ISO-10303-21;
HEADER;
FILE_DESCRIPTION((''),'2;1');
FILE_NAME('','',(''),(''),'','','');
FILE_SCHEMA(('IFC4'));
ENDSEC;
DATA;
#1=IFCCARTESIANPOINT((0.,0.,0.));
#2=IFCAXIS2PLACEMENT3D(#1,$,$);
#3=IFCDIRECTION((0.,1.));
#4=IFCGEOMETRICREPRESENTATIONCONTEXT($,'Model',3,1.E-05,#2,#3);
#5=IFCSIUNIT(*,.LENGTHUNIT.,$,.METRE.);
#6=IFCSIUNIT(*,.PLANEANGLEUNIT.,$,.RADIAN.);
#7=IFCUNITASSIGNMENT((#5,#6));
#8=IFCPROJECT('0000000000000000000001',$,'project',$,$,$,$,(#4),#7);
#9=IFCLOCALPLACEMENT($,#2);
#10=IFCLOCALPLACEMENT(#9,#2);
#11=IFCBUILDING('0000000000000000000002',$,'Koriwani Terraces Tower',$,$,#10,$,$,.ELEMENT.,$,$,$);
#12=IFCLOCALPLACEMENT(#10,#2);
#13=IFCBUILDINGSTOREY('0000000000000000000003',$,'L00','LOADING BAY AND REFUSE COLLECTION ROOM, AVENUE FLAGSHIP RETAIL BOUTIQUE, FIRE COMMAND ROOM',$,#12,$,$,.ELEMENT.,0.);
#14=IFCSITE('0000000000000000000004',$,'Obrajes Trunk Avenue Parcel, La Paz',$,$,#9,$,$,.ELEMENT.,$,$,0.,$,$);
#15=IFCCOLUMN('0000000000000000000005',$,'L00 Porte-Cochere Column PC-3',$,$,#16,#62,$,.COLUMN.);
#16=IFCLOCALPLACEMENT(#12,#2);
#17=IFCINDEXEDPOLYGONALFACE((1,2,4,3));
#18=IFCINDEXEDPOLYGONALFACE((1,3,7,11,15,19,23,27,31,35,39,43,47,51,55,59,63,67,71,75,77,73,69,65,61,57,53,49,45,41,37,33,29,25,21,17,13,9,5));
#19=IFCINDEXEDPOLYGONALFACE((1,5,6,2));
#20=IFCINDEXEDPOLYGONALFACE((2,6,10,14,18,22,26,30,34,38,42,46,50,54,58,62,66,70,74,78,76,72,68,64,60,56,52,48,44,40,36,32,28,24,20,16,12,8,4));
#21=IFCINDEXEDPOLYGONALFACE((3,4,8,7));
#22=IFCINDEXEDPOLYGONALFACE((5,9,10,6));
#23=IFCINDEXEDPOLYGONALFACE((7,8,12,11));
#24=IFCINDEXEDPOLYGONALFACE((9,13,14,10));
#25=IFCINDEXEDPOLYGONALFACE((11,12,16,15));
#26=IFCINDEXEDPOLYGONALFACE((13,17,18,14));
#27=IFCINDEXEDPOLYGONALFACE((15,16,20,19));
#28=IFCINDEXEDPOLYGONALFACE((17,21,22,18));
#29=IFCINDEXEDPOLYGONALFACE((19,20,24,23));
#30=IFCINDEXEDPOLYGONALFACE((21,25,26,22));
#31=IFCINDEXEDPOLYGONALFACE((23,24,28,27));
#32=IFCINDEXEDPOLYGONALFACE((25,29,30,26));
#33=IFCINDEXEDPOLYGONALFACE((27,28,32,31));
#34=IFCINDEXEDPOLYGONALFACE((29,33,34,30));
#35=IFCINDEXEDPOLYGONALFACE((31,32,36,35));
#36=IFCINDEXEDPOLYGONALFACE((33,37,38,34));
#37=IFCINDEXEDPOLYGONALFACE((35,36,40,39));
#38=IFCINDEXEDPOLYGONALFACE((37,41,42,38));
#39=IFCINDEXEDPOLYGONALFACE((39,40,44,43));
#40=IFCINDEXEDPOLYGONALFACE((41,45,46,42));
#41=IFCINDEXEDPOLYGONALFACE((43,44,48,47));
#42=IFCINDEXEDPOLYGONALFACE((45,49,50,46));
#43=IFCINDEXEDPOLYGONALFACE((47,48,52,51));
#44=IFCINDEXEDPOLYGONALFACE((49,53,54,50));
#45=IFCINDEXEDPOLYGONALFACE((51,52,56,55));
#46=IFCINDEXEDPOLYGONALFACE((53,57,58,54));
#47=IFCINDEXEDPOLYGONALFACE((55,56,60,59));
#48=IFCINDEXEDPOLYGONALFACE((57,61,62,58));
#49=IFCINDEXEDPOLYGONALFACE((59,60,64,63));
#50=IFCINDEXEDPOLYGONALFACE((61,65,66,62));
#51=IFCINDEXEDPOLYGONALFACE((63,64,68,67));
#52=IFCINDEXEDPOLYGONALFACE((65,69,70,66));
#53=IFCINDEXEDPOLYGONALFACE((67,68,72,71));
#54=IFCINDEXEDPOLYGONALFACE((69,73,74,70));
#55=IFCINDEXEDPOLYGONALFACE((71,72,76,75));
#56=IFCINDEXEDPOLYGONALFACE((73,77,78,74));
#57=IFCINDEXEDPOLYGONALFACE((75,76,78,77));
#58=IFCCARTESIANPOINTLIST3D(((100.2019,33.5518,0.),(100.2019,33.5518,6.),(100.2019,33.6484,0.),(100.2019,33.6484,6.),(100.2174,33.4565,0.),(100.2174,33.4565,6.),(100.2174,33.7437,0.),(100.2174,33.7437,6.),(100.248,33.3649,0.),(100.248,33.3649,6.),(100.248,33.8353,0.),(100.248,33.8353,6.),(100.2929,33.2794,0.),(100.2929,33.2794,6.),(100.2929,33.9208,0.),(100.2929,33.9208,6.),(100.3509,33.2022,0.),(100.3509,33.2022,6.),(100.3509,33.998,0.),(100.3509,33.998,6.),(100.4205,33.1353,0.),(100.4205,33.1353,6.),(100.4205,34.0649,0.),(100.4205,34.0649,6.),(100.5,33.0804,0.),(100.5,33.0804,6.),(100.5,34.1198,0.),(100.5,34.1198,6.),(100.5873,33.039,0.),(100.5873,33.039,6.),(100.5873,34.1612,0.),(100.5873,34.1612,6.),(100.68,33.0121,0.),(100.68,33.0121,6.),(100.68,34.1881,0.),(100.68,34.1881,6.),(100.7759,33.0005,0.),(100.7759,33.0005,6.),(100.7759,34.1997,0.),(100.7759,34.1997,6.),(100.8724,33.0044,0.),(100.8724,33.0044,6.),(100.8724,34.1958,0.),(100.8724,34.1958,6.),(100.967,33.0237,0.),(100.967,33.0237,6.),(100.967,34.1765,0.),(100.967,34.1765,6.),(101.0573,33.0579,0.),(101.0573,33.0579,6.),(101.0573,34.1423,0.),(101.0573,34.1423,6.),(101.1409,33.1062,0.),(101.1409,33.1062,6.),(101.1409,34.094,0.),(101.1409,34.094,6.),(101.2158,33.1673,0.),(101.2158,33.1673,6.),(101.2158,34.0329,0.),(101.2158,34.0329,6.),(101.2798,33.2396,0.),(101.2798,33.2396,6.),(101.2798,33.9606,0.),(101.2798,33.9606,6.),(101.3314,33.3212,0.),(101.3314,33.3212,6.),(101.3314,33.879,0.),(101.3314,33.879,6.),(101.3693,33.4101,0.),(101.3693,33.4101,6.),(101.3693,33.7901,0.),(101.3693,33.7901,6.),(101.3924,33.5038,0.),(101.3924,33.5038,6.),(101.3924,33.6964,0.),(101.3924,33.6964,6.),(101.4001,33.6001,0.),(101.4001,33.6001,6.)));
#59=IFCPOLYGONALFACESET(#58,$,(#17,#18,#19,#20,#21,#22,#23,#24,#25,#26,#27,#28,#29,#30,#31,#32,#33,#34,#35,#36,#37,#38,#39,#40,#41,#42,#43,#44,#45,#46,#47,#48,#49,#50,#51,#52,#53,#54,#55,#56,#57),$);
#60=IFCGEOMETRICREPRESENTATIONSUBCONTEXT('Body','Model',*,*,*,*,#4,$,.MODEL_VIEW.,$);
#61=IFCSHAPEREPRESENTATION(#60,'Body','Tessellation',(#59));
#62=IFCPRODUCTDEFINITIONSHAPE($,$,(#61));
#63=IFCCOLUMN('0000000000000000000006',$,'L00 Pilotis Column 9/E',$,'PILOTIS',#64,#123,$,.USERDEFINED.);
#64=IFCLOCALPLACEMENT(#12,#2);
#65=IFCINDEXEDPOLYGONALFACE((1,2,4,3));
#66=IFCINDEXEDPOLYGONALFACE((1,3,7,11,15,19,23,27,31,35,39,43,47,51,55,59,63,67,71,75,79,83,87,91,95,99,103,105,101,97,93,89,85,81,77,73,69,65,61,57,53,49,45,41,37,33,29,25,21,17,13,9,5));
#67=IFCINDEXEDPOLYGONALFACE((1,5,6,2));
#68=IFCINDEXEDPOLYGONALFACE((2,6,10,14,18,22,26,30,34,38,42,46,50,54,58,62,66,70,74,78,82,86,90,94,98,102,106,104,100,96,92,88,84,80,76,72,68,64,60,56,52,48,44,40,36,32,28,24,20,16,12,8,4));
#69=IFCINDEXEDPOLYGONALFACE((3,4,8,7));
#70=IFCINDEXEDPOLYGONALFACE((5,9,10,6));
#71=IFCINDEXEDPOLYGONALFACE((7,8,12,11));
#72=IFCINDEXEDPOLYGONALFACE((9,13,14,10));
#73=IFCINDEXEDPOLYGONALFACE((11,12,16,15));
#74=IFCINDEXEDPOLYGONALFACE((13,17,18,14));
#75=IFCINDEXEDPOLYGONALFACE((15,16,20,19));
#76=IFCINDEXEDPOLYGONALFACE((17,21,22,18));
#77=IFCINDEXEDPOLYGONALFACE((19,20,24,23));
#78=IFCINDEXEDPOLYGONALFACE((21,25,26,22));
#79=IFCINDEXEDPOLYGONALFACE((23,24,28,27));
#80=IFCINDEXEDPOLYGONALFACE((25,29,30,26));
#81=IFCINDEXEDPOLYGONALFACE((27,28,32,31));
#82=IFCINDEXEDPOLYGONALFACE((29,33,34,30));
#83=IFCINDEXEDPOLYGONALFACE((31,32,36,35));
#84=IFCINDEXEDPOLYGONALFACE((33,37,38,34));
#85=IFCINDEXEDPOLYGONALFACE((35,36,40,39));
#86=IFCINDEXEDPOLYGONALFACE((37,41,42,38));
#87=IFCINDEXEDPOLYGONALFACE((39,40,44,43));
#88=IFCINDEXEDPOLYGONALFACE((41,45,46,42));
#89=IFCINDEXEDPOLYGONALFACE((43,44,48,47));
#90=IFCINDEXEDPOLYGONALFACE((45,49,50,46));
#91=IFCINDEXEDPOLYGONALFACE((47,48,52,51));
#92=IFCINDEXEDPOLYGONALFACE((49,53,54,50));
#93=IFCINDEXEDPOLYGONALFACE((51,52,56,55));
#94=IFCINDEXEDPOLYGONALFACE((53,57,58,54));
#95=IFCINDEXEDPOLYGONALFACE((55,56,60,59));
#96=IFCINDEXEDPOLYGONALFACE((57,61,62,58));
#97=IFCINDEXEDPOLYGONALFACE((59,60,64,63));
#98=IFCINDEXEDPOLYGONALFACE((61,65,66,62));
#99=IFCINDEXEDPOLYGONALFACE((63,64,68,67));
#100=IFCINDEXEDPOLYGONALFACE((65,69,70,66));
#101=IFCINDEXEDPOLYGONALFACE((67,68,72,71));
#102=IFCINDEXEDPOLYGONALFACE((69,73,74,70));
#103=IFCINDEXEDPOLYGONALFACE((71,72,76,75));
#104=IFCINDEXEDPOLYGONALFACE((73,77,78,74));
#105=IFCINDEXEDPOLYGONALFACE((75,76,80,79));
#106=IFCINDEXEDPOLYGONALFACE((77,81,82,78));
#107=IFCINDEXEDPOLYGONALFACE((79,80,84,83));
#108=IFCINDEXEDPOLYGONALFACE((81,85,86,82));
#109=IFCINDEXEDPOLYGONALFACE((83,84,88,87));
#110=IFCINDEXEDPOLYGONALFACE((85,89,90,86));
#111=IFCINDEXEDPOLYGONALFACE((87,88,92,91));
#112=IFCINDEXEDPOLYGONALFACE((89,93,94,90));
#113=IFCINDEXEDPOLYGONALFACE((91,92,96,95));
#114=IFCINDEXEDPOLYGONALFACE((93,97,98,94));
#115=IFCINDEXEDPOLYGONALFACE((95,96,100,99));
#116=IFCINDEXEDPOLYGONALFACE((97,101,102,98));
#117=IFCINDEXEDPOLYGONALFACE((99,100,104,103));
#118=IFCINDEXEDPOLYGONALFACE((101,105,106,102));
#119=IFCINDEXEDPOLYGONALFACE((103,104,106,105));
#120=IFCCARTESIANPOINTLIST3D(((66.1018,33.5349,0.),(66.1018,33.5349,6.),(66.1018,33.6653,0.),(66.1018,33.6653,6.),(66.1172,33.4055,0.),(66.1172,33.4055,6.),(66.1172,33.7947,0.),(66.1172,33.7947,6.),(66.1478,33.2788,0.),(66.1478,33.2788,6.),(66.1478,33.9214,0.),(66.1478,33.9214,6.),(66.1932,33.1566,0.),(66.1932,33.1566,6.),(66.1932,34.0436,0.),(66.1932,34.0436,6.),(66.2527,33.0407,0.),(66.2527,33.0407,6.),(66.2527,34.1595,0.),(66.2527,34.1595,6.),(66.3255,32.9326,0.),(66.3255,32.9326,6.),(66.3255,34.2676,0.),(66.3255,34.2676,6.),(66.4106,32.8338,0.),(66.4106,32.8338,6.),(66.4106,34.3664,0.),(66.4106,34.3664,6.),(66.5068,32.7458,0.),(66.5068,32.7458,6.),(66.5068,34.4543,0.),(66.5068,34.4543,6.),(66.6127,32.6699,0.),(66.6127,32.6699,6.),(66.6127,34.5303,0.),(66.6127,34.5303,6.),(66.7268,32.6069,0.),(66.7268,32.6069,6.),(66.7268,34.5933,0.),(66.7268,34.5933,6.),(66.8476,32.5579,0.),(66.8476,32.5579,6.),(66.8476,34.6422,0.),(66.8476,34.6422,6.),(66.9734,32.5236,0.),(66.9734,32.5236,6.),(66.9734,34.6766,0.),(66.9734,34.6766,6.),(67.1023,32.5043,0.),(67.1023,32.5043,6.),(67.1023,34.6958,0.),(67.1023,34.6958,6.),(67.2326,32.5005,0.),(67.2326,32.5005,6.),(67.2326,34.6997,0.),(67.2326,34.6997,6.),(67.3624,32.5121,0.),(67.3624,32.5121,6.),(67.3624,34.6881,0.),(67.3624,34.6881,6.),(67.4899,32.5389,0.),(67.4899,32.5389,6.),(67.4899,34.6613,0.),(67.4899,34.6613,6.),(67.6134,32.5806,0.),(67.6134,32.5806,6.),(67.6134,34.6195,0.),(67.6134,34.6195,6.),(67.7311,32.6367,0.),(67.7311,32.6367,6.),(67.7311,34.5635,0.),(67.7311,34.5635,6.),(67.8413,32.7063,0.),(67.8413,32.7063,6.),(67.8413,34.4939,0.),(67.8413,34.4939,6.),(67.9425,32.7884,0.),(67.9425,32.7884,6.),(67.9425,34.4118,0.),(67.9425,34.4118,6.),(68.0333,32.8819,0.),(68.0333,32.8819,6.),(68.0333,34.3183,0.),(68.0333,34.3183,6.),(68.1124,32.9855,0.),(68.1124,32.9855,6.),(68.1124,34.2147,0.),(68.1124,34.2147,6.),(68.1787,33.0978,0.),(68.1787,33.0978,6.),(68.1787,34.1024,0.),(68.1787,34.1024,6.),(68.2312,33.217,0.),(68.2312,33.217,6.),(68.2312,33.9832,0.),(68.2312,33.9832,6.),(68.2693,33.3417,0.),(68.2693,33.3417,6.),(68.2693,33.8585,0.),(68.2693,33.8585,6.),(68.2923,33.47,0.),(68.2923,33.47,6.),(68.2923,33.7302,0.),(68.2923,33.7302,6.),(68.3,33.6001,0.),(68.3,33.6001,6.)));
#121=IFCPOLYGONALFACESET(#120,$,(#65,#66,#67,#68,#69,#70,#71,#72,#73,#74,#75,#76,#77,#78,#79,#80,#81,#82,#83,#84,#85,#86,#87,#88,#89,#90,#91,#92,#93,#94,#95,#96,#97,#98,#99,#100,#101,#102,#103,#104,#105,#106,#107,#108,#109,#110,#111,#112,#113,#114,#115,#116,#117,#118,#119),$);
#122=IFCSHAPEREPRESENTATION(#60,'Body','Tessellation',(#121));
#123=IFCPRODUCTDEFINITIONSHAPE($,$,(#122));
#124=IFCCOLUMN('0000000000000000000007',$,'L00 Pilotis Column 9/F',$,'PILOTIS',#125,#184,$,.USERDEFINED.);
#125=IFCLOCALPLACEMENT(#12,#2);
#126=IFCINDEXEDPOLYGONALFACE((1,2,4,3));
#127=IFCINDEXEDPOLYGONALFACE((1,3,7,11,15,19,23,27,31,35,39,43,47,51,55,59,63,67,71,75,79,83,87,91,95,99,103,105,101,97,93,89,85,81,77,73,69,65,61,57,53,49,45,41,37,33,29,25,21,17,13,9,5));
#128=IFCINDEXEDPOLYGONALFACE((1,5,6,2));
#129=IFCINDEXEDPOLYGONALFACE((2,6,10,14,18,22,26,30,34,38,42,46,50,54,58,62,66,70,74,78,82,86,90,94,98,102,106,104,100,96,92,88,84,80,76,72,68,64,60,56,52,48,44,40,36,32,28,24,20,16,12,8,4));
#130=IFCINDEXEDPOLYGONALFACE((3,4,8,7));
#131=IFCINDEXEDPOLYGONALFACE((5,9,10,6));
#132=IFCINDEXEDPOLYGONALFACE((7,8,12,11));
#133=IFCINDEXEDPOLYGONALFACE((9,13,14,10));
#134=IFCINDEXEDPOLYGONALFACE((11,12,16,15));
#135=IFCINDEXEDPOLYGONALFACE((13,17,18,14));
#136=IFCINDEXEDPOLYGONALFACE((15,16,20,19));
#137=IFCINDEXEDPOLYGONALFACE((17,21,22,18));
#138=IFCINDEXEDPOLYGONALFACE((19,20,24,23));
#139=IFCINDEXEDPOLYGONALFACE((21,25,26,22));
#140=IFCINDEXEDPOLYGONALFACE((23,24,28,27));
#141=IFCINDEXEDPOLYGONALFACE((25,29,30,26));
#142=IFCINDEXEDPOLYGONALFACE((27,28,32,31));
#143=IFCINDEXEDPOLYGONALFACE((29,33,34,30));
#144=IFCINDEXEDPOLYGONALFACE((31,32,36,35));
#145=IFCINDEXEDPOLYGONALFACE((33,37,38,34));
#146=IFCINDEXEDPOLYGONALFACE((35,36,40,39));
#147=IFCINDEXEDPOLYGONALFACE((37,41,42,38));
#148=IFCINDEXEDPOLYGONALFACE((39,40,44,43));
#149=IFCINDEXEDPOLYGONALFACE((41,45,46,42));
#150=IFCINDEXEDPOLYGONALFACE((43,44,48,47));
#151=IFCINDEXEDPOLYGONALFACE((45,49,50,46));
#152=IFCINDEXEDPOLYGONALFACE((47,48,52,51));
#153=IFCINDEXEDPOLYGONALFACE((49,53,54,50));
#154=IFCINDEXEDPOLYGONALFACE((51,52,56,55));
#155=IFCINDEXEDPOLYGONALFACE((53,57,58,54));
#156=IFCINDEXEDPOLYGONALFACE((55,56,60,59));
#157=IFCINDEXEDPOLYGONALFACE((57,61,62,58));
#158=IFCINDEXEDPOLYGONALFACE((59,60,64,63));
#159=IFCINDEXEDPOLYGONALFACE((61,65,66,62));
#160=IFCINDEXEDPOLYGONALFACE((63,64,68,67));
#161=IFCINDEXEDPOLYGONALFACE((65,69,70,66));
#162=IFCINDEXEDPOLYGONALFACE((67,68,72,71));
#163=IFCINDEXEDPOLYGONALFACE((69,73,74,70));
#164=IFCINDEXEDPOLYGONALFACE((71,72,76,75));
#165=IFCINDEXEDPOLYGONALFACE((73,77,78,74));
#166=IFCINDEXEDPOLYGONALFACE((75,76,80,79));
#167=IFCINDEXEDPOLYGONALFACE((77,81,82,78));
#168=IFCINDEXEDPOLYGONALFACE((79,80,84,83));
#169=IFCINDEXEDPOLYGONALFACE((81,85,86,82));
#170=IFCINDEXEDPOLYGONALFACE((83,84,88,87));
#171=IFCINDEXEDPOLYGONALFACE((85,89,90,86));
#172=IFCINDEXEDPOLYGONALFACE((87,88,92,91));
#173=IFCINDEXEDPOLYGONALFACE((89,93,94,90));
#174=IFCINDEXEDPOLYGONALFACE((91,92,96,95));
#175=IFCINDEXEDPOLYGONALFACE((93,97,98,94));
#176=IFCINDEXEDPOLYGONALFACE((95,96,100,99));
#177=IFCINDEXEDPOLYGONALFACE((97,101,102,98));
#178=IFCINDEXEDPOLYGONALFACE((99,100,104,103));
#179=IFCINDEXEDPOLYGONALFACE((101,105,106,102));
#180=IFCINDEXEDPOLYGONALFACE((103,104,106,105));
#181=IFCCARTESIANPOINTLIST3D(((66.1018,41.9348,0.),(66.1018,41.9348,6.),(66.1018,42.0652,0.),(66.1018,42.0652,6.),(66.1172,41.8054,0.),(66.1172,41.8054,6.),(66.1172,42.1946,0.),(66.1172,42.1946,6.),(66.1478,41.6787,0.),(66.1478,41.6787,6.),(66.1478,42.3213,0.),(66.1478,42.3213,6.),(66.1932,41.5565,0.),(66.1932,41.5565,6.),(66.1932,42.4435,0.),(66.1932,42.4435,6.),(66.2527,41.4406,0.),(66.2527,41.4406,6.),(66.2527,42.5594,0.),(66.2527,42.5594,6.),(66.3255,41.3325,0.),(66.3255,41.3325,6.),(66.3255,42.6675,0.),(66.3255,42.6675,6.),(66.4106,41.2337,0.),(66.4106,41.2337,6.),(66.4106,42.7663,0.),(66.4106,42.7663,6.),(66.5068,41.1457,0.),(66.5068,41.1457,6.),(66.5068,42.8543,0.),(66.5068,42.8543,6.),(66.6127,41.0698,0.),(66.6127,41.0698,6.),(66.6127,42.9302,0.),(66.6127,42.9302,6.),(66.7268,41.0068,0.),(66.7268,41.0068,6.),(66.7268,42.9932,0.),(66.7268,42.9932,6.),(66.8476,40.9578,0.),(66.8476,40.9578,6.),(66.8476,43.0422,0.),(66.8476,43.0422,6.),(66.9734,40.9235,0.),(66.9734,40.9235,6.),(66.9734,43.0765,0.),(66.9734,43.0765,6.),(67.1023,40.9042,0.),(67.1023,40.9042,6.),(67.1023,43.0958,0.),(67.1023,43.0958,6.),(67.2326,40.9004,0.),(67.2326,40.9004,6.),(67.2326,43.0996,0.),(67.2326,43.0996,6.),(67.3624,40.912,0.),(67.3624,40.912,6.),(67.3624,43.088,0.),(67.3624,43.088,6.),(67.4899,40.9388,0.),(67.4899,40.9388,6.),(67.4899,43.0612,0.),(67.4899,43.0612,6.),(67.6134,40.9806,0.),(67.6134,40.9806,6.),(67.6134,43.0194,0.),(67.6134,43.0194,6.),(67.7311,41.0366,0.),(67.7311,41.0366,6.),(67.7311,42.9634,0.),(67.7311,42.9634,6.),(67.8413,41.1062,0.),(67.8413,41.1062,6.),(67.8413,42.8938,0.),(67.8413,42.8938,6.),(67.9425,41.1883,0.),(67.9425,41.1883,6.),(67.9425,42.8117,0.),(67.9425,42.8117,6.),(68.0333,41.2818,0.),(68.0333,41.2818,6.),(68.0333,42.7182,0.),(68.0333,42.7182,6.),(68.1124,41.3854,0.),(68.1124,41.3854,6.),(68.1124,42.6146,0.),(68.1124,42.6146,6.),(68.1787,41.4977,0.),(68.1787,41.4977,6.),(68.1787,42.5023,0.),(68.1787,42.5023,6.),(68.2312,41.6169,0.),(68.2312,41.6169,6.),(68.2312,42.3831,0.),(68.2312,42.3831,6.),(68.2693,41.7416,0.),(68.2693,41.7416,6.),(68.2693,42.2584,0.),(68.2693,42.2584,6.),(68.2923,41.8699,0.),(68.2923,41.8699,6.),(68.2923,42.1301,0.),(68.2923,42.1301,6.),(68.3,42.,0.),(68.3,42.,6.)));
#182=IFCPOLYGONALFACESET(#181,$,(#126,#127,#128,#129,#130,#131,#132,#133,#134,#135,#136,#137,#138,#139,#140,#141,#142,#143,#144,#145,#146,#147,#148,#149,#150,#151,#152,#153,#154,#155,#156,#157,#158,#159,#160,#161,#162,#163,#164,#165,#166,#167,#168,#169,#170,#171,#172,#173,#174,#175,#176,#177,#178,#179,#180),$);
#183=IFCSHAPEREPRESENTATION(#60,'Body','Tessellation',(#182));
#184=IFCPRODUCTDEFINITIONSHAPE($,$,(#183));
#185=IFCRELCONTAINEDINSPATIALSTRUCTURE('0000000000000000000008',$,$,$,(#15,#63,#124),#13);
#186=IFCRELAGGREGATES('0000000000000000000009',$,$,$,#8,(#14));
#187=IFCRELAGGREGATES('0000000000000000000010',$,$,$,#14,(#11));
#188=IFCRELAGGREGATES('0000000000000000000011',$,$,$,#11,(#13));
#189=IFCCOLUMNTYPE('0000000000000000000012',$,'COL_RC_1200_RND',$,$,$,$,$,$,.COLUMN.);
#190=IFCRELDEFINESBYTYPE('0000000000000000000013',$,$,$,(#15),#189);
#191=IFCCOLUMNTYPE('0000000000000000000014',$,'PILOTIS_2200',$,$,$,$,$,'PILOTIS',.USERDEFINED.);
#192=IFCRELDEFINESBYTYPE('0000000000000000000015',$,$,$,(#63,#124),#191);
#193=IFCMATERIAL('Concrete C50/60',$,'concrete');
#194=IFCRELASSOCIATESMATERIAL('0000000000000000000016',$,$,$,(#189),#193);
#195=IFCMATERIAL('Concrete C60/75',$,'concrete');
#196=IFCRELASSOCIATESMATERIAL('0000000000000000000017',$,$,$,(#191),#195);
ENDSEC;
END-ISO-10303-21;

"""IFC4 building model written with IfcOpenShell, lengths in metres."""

from ifc_helpers import new_model, si_unit, direction, frame, origin, origin_2d, place, context, subcontext, project, spatial, circle, extrude, material, material_profile, profile_set, type_object, element, save


model = new_model("IFC4")

# Units and contexts
model_context = context("Model", 3, precision=1e-05, world=origin(), true_north=direction((0.0, 1.0)))
body_context = subcontext(model_context, "Body", "Model", "MODEL_VIEW")
ifc_project = project(units=[si_unit("LENGTHUNIT", "METRE"), si_unit("PLANEANGLEUNIT", "RADIAN")], contexts=[model_context])

# Site, building, storey
site_placement = place(None, origin())
site = spatial("IfcSite", under=ifc_project, at=site_placement, Name="Obrajes Trunk Avenue Parcel, La Paz", CompositionType="ELEMENT", RefElevation=0.0)
building_placement = place(site_placement, origin())
building = spatial("IfcBuilding", under=site, at=building_placement, Name="Koriwani Terraces Tower", CompositionType="ELEMENT")
storey_placement = place(building_placement, origin())
storey = spatial("IfcBuildingStorey", under=building, at=storey_placement, Name="L00", Description="LOADING BAY AND REFUSE COLLECTION ROOM, AVENUE FLAGSHIP RETAIL BOUTIQUE, FIRE COMMAND ROOM", CompositionType="ELEMENT", Elevation=0.0)

# Columns
ifc_material_1 = material(Name="Concrete C50/60", Category="concrete")
ifc_material_profile_1 = material_profile(ifc_material_1, circle(Radius=0.6001, at=origin_2d()), Name="Concrete C50/60", Category="LoadBearing")
ifc_profile_set_1 = profile_set([ifc_material_profile_1], Name="Concrete C50/60")
column_type_1 = type_object("IfcColumnType", Name="COL_RC_1200_RND", PredefinedType="COLUMN", material=ifc_profile_set_1)
column_placement = place(storey_placement, frame((100.8, 33.6001, 0.0), z_axis=(0.0, 0.0, 1.0), x_axis=(1.0, 0.0, 0.0)))
element("IfcColumn", 1, at=column_placement, inside=storey, type_object=column_type_1, Name="L00 Porte-Cochere Column PC-3", PredefinedType="COLUMN", context=body_context, shape_type="SweptSolid", body=[
    extrude(circle(Radius=0.6001, at=origin_2d()), origin(), (0.0, 0.0, 1.0), 6.0),
])
ifc_material_2 = material(Name="Concrete C60/75", Category="concrete")
ifc_material_profile_2 = material_profile(ifc_material_2, circle(Radius=1.1001, at=origin_2d()), Name="Concrete C60/75", Category="LoadBearing")
ifc_profile_set_2 = profile_set([ifc_material_profile_2], Name="Concrete C60/75")
column_type_2 = type_object("IfcColumnType", Name="PILOTIS_2200", ElementType="PILOTIS", PredefinedType="USERDEFINED", material=ifc_profile_set_2)
for number, where, z_axis, x_axis, name in (
    (2, (67.2, 33.6001, 0.0), (0.0, 0.0, 1.0), (1.0, 0.0, 0.0), "L00 Pilotis Column 9/E"),
    (3, (67.2, 42.0, 0.0), (0.0, 0.0, 1.0), (1.0, 0.0, 0.0), "L00 Pilotis Column 9/F"),
):
    element("IfcColumn", number, at=place(storey_placement, frame(where, z_axis=z_axis, x_axis=x_axis)), inside=storey, type_object=column_type_2, Name=name, ObjectType="PILOTIS", PredefinedType="USERDEFINED", context=body_context, shape_type="SweptSolid", body=[
        extrude(circle(Radius=1.1001, at=origin_2d()), origin(), (0.0, 0.0, 1.0), 6.0),
    ])

save(model, "model.ifc")
